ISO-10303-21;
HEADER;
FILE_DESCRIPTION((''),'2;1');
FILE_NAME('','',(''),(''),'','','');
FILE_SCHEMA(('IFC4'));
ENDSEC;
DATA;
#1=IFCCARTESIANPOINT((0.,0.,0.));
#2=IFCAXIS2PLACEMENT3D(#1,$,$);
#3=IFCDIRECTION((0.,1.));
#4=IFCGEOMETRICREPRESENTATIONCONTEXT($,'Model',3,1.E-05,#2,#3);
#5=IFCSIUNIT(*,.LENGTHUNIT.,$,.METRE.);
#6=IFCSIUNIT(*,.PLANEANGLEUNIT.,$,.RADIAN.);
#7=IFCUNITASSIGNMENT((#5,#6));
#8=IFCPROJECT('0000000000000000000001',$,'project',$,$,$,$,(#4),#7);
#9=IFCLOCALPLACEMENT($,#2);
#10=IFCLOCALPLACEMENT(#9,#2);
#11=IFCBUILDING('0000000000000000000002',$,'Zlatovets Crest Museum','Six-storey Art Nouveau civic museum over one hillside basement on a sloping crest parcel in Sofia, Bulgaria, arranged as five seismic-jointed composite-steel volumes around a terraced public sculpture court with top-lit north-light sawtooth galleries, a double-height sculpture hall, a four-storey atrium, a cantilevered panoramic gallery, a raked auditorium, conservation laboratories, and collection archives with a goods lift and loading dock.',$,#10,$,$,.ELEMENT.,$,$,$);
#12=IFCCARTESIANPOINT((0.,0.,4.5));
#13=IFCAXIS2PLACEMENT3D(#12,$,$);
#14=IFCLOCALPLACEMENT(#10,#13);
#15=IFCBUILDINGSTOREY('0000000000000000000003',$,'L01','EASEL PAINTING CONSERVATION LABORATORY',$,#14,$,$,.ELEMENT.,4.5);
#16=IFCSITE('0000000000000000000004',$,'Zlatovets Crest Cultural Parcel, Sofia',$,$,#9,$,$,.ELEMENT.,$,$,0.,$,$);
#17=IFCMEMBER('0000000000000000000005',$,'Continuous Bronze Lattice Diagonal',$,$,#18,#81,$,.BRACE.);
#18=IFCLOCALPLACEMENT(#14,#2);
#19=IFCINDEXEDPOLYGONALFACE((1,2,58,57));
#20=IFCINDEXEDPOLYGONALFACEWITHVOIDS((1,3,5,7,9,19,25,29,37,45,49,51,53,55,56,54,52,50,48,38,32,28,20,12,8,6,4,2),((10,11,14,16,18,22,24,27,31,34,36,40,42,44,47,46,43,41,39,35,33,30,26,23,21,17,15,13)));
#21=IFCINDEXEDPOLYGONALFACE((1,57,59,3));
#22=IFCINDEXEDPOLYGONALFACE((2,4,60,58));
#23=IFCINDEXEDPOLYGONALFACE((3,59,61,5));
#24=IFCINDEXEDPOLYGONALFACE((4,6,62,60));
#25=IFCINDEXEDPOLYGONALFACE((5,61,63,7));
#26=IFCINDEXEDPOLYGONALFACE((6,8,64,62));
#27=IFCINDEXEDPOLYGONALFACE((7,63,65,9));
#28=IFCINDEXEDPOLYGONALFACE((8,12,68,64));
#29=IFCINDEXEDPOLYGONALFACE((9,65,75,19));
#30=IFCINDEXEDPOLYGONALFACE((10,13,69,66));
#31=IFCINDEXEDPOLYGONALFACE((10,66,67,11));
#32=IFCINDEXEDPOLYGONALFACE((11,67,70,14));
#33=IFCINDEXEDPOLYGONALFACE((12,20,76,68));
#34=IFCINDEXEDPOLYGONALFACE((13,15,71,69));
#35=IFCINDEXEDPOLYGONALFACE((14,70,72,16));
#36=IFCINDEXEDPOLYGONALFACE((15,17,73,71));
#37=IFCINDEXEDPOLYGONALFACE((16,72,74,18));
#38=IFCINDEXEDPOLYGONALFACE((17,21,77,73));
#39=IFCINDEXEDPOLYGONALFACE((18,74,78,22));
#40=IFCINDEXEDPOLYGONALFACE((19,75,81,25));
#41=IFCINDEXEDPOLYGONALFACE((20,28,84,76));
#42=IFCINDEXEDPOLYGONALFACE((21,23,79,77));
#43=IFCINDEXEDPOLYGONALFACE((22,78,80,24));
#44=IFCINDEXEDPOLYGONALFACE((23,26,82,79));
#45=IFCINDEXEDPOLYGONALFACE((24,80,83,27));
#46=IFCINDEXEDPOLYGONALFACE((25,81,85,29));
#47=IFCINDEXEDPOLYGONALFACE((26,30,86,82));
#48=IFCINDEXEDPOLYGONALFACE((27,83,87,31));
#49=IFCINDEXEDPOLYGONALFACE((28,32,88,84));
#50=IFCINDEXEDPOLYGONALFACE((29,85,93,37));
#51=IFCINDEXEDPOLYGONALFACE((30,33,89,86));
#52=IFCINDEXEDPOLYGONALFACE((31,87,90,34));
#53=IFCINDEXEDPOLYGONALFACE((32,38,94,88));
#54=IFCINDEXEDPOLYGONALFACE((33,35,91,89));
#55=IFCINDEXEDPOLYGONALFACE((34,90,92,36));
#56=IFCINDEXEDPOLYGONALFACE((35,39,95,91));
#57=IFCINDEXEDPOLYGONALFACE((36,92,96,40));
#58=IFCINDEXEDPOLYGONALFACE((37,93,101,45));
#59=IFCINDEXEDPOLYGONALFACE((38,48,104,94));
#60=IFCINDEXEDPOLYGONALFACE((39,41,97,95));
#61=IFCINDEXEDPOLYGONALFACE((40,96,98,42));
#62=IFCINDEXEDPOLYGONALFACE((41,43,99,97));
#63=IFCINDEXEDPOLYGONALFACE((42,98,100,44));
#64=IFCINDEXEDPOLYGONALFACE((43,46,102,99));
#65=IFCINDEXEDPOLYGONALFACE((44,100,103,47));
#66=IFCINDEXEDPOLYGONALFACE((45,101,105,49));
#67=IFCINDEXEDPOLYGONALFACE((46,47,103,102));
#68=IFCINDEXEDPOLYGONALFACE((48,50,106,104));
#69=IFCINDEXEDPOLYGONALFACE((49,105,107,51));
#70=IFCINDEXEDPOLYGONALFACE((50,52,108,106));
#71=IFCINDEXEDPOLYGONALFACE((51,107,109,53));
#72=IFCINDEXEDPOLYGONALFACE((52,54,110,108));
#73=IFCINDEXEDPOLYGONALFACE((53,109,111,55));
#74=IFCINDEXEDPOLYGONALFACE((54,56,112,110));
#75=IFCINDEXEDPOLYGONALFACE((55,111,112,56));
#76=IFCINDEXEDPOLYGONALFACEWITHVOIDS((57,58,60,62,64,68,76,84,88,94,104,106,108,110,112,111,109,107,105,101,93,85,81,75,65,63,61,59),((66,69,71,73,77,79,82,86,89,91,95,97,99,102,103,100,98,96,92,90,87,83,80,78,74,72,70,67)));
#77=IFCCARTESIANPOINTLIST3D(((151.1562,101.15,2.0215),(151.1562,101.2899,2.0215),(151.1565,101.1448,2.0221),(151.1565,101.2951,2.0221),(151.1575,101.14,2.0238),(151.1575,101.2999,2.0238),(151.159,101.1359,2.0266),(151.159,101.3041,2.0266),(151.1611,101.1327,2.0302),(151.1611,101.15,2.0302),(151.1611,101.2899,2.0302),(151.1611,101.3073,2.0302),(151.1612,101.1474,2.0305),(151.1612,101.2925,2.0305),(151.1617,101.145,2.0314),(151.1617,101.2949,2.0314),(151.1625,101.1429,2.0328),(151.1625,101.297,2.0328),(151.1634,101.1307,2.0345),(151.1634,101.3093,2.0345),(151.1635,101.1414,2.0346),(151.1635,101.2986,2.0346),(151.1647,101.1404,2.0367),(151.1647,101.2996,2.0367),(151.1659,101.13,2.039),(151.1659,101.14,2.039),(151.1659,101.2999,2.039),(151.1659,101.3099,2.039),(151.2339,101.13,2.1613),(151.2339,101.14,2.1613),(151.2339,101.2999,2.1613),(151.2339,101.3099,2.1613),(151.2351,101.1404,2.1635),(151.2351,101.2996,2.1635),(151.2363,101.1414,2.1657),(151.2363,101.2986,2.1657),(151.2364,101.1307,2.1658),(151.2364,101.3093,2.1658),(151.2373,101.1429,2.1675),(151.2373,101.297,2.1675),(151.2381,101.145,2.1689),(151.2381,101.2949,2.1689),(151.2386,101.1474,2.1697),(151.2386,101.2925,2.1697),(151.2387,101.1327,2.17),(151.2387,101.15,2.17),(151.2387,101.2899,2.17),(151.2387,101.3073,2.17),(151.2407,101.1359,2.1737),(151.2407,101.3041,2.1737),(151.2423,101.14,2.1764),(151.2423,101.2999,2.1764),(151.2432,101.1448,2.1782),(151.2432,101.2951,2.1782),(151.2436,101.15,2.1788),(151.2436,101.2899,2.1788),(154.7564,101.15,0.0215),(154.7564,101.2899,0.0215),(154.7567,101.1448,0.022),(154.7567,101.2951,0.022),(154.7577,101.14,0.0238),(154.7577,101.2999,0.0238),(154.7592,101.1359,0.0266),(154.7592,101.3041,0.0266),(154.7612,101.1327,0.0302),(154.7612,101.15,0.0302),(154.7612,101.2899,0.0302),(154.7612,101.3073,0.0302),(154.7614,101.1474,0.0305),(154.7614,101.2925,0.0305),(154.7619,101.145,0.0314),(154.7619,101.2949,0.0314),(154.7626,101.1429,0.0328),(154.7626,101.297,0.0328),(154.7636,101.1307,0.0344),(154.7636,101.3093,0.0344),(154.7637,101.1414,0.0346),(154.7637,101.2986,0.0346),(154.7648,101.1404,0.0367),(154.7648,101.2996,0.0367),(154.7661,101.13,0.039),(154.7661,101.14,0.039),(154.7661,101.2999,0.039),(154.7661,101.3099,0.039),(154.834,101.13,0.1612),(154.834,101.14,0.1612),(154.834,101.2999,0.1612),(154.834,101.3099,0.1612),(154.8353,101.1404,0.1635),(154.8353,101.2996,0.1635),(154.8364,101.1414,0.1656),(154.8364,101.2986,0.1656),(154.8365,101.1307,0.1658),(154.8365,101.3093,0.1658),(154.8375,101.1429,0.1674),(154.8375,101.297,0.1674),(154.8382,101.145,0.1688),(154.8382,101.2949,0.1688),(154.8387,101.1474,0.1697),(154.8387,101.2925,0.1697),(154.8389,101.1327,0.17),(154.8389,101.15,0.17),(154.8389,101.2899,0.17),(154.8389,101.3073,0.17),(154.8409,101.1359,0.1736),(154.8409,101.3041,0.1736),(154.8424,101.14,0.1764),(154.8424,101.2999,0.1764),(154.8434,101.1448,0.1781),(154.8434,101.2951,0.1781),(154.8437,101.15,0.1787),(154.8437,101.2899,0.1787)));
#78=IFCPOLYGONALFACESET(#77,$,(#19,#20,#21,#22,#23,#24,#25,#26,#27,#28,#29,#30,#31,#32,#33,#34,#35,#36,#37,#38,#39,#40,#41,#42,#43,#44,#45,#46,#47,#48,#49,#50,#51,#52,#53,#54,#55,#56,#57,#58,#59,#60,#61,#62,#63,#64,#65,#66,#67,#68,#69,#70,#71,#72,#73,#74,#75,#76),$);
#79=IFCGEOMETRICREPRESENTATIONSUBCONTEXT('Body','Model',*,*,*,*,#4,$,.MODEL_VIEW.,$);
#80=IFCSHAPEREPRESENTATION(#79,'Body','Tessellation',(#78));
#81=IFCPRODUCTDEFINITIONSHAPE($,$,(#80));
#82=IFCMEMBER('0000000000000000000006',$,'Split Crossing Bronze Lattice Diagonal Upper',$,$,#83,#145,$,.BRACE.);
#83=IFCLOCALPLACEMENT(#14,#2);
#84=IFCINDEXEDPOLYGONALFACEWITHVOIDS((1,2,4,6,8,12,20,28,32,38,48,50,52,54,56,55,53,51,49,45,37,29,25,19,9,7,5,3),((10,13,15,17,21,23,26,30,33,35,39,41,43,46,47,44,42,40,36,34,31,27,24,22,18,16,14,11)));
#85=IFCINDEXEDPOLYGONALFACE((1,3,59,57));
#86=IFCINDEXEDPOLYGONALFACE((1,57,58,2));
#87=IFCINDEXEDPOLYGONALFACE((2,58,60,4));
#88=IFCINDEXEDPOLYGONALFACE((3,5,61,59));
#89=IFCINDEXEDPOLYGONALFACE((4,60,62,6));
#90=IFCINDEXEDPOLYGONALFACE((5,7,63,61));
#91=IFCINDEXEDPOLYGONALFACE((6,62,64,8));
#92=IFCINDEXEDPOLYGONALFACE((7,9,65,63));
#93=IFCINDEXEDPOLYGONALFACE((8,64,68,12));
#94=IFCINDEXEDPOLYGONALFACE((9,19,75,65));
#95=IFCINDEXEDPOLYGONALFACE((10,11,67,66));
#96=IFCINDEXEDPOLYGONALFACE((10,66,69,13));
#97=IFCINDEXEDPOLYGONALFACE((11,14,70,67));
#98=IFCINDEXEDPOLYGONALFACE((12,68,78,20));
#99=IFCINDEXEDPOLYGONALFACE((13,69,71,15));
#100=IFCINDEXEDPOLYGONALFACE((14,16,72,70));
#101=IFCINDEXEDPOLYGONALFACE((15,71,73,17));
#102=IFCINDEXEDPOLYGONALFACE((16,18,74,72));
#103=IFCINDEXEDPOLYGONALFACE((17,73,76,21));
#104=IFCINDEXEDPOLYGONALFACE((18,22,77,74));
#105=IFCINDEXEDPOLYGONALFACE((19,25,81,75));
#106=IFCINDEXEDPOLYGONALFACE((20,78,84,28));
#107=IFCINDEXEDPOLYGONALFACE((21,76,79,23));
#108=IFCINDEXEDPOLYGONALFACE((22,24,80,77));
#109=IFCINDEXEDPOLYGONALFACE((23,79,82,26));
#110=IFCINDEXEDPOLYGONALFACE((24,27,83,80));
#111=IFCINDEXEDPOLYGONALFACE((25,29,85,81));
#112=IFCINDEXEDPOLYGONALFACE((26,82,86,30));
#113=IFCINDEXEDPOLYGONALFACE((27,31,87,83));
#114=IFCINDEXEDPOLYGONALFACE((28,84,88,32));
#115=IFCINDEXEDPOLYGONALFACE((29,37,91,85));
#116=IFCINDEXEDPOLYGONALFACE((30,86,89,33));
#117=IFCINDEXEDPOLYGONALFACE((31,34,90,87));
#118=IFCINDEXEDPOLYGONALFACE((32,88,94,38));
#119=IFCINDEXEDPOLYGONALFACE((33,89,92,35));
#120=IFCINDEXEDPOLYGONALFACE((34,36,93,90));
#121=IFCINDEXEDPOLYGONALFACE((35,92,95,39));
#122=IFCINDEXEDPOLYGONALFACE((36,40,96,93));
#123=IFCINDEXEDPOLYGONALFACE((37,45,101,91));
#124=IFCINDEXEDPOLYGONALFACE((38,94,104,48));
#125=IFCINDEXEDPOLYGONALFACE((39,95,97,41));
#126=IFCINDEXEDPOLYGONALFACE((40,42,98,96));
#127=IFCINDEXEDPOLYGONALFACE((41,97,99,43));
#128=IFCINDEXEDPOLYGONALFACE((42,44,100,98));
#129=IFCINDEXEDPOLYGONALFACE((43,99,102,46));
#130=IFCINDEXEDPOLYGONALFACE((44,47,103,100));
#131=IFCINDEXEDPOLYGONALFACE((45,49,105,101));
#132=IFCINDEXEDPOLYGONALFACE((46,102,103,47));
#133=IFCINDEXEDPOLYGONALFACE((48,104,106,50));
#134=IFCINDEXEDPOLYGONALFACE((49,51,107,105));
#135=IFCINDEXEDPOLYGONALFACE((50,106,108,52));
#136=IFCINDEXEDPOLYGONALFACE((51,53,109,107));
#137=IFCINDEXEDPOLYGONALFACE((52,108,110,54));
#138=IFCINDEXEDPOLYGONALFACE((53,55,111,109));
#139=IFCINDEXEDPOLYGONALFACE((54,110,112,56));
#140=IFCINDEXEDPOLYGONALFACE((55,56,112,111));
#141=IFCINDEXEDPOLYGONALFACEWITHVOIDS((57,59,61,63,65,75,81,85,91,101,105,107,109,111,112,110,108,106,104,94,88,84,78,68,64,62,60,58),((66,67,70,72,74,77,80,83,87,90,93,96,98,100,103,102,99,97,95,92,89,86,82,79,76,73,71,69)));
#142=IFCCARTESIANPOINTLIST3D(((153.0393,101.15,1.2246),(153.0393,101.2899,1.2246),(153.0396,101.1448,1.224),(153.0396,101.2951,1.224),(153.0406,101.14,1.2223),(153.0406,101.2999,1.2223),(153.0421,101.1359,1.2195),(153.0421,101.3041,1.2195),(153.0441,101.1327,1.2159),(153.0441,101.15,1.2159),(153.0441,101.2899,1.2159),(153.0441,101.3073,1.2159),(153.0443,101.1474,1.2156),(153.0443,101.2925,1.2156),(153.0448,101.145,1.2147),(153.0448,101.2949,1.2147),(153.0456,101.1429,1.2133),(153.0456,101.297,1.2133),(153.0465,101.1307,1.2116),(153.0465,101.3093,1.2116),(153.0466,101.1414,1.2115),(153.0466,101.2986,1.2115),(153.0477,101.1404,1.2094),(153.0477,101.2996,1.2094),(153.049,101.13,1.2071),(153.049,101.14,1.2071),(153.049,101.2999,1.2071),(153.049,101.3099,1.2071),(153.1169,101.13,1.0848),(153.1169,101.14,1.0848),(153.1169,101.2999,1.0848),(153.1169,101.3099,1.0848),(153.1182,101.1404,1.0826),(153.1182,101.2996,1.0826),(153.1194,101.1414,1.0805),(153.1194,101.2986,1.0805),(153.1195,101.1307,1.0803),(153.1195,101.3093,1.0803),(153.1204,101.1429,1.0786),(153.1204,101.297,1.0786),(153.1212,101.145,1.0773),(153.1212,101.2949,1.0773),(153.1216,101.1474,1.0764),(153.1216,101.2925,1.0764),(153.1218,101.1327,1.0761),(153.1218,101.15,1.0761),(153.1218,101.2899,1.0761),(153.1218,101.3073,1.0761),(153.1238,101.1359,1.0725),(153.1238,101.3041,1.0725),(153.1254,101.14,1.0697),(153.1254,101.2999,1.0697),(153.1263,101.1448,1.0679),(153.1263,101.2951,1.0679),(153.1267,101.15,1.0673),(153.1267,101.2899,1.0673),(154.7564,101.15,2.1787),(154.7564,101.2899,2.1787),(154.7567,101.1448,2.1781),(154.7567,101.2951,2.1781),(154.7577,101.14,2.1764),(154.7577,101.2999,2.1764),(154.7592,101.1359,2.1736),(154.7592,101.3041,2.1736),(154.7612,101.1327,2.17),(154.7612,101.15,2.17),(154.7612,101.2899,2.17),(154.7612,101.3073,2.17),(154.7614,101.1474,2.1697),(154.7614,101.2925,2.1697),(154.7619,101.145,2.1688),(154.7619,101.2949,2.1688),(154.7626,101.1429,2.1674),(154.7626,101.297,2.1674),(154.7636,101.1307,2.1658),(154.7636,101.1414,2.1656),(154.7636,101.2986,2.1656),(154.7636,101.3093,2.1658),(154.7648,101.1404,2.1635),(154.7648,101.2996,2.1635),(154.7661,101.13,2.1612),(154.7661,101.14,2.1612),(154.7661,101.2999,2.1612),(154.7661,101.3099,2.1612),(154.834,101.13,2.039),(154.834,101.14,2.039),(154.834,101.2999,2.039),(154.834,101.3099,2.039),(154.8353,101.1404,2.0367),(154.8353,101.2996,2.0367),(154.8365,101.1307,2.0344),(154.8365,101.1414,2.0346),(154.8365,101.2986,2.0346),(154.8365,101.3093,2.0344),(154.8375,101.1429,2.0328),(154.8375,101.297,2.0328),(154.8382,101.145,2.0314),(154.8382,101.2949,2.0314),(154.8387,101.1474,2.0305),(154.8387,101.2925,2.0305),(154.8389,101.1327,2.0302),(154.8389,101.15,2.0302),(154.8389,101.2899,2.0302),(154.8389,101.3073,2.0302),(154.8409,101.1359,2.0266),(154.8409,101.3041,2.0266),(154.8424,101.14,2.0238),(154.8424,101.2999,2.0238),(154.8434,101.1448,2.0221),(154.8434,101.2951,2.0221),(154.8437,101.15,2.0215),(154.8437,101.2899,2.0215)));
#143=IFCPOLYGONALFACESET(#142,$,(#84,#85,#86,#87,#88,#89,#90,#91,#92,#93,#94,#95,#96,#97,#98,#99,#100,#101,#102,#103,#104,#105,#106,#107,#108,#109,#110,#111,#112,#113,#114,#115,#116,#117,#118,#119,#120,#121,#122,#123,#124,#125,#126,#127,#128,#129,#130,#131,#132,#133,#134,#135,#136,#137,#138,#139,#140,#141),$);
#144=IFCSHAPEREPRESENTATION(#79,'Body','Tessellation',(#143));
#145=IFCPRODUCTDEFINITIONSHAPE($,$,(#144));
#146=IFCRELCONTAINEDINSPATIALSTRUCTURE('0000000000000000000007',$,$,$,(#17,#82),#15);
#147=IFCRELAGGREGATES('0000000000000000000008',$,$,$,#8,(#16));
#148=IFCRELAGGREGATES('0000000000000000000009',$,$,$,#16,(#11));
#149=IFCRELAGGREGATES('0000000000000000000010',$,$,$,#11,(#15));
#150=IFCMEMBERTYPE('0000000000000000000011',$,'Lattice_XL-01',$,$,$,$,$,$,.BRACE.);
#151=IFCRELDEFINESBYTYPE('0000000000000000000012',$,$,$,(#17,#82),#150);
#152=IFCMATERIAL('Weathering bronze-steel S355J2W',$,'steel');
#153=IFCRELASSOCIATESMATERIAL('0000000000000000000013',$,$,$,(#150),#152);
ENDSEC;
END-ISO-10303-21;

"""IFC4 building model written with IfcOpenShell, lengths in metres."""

from ifc_helpers import new_model, si_unit, direction, frame, origin, origin_2d, place, context, subcontext, project, spatial, hollow_rectangle, extrude, material, material_profile, profile_set, type_object, element, save


model = new_model("IFC4")

# Units and contexts
model_context = context("Model", 3, precision=1e-05, world=origin(), true_north=direction((0.0, 1.0)))
body_context = subcontext(model_context, "Body", "Model", "MODEL_VIEW")
ifc_project = project(units=[si_unit("LENGTHUNIT", "METRE"), si_unit("PLANEANGLEUNIT", "RADIAN")], contexts=[model_context])

# Site, building, storey
site_placement = place(None, origin())
site = spatial("IfcSite", under=ifc_project, at=site_placement, Name="Zlatovets Crest Cultural Parcel, Sofia", CompositionType="ELEMENT", RefElevation=0.0)
building_placement = place(site_placement, origin())
building = spatial("IfcBuilding", under=site, at=building_placement, Name="Zlatovets Crest Museum", Description="Six-storey Art Nouveau civic museum over one hillside basement on a sloping crest parcel in Sofia, Bulgaria, arranged as five seismic-jointed composite-steel volumes around a terraced public sculpture court with top-lit north-light sawtooth galleries, a double-height sculpture hall, a four-storey atrium, a cantilevered panoramic gallery, a raked auditorium, conservation laboratories, and collection archives with a goods lift and loading dock.", CompositionType="ELEMENT")
storey_placement = place(building_placement, frame((0.0, 0.0, 4.5)))
storey = spatial("IfcBuildingStorey", under=building, at=storey_placement, Name="L01", Description="EASEL PAINTING CONSERVATION LABORATORY", CompositionType="ELEMENT", Elevation=4.5)

# Members
ifc_material_1 = material(Name="Weathering bronze-steel S355J2W", Category="steel")
ifc_material_profile_1 = material_profile(ifc_material_1, hollow_rectangle(XDim=0.1799, YDim=0.1799, WallThickness=0.01, InnerFilletRadius=0.01, OuterFilletRadius=0.02, at=origin_2d()), Name="SHS 180x180x10.0")
ifc_profile_set_1 = profile_set([ifc_material_profile_1], Name="Weathering bronze-steel S355J2W")
member_type_1 = type_object("IfcMemberType", Name="Lattice_XL-01", PredefinedType="BRACE", material=ifc_profile_set_1)
member_1_placement = place(storey_placement, frame((154.8, 101.22, 0.1001), z_axis=(-0.874163, 0.0, 0.485633), x_axis=(0.0, -1.0, 0.0)))
element("IfcMember", 1, at=member_1_placement, inside=storey, type_object=member_type_1, Name="Continuous Bronze Lattice Diagonal", PredefinedType="BRACE", context=body_context, shape_type="SweptSolid", body=[
    extrude(hollow_rectangle(XDim=0.1799, YDim=0.1799, WallThickness=0.01, InnerFilletRadius=0.01, OuterFilletRadius=0.02, at=origin_2d()), origin(), (0.0, 0.0, 1.0), 4.1184),
])
member_2_placement = place(storey_placement, frame((154.8, 101.22, 2.1001), z_axis=(-0.874116, 0.0, -0.485717), x_axis=(0.0, -1.0, 0.0)))
element("IfcMember", 2, at=member_2_placement, inside=storey, type_object=member_type_1, Name="Split Crossing Bronze Lattice Diagonal Upper", PredefinedType="BRACE", context=body_context, shape_type="SweptSolid", body=[
    extrude(hollow_rectangle(XDim=0.1799, YDim=0.1799, WallThickness=0.01, InnerFilletRadius=0.01, OuterFilletRadius=0.02, at=origin_2d()), origin(), (0.0, 0.0, 1.0), 1.9644),
])

save(model, "model.ifc")
